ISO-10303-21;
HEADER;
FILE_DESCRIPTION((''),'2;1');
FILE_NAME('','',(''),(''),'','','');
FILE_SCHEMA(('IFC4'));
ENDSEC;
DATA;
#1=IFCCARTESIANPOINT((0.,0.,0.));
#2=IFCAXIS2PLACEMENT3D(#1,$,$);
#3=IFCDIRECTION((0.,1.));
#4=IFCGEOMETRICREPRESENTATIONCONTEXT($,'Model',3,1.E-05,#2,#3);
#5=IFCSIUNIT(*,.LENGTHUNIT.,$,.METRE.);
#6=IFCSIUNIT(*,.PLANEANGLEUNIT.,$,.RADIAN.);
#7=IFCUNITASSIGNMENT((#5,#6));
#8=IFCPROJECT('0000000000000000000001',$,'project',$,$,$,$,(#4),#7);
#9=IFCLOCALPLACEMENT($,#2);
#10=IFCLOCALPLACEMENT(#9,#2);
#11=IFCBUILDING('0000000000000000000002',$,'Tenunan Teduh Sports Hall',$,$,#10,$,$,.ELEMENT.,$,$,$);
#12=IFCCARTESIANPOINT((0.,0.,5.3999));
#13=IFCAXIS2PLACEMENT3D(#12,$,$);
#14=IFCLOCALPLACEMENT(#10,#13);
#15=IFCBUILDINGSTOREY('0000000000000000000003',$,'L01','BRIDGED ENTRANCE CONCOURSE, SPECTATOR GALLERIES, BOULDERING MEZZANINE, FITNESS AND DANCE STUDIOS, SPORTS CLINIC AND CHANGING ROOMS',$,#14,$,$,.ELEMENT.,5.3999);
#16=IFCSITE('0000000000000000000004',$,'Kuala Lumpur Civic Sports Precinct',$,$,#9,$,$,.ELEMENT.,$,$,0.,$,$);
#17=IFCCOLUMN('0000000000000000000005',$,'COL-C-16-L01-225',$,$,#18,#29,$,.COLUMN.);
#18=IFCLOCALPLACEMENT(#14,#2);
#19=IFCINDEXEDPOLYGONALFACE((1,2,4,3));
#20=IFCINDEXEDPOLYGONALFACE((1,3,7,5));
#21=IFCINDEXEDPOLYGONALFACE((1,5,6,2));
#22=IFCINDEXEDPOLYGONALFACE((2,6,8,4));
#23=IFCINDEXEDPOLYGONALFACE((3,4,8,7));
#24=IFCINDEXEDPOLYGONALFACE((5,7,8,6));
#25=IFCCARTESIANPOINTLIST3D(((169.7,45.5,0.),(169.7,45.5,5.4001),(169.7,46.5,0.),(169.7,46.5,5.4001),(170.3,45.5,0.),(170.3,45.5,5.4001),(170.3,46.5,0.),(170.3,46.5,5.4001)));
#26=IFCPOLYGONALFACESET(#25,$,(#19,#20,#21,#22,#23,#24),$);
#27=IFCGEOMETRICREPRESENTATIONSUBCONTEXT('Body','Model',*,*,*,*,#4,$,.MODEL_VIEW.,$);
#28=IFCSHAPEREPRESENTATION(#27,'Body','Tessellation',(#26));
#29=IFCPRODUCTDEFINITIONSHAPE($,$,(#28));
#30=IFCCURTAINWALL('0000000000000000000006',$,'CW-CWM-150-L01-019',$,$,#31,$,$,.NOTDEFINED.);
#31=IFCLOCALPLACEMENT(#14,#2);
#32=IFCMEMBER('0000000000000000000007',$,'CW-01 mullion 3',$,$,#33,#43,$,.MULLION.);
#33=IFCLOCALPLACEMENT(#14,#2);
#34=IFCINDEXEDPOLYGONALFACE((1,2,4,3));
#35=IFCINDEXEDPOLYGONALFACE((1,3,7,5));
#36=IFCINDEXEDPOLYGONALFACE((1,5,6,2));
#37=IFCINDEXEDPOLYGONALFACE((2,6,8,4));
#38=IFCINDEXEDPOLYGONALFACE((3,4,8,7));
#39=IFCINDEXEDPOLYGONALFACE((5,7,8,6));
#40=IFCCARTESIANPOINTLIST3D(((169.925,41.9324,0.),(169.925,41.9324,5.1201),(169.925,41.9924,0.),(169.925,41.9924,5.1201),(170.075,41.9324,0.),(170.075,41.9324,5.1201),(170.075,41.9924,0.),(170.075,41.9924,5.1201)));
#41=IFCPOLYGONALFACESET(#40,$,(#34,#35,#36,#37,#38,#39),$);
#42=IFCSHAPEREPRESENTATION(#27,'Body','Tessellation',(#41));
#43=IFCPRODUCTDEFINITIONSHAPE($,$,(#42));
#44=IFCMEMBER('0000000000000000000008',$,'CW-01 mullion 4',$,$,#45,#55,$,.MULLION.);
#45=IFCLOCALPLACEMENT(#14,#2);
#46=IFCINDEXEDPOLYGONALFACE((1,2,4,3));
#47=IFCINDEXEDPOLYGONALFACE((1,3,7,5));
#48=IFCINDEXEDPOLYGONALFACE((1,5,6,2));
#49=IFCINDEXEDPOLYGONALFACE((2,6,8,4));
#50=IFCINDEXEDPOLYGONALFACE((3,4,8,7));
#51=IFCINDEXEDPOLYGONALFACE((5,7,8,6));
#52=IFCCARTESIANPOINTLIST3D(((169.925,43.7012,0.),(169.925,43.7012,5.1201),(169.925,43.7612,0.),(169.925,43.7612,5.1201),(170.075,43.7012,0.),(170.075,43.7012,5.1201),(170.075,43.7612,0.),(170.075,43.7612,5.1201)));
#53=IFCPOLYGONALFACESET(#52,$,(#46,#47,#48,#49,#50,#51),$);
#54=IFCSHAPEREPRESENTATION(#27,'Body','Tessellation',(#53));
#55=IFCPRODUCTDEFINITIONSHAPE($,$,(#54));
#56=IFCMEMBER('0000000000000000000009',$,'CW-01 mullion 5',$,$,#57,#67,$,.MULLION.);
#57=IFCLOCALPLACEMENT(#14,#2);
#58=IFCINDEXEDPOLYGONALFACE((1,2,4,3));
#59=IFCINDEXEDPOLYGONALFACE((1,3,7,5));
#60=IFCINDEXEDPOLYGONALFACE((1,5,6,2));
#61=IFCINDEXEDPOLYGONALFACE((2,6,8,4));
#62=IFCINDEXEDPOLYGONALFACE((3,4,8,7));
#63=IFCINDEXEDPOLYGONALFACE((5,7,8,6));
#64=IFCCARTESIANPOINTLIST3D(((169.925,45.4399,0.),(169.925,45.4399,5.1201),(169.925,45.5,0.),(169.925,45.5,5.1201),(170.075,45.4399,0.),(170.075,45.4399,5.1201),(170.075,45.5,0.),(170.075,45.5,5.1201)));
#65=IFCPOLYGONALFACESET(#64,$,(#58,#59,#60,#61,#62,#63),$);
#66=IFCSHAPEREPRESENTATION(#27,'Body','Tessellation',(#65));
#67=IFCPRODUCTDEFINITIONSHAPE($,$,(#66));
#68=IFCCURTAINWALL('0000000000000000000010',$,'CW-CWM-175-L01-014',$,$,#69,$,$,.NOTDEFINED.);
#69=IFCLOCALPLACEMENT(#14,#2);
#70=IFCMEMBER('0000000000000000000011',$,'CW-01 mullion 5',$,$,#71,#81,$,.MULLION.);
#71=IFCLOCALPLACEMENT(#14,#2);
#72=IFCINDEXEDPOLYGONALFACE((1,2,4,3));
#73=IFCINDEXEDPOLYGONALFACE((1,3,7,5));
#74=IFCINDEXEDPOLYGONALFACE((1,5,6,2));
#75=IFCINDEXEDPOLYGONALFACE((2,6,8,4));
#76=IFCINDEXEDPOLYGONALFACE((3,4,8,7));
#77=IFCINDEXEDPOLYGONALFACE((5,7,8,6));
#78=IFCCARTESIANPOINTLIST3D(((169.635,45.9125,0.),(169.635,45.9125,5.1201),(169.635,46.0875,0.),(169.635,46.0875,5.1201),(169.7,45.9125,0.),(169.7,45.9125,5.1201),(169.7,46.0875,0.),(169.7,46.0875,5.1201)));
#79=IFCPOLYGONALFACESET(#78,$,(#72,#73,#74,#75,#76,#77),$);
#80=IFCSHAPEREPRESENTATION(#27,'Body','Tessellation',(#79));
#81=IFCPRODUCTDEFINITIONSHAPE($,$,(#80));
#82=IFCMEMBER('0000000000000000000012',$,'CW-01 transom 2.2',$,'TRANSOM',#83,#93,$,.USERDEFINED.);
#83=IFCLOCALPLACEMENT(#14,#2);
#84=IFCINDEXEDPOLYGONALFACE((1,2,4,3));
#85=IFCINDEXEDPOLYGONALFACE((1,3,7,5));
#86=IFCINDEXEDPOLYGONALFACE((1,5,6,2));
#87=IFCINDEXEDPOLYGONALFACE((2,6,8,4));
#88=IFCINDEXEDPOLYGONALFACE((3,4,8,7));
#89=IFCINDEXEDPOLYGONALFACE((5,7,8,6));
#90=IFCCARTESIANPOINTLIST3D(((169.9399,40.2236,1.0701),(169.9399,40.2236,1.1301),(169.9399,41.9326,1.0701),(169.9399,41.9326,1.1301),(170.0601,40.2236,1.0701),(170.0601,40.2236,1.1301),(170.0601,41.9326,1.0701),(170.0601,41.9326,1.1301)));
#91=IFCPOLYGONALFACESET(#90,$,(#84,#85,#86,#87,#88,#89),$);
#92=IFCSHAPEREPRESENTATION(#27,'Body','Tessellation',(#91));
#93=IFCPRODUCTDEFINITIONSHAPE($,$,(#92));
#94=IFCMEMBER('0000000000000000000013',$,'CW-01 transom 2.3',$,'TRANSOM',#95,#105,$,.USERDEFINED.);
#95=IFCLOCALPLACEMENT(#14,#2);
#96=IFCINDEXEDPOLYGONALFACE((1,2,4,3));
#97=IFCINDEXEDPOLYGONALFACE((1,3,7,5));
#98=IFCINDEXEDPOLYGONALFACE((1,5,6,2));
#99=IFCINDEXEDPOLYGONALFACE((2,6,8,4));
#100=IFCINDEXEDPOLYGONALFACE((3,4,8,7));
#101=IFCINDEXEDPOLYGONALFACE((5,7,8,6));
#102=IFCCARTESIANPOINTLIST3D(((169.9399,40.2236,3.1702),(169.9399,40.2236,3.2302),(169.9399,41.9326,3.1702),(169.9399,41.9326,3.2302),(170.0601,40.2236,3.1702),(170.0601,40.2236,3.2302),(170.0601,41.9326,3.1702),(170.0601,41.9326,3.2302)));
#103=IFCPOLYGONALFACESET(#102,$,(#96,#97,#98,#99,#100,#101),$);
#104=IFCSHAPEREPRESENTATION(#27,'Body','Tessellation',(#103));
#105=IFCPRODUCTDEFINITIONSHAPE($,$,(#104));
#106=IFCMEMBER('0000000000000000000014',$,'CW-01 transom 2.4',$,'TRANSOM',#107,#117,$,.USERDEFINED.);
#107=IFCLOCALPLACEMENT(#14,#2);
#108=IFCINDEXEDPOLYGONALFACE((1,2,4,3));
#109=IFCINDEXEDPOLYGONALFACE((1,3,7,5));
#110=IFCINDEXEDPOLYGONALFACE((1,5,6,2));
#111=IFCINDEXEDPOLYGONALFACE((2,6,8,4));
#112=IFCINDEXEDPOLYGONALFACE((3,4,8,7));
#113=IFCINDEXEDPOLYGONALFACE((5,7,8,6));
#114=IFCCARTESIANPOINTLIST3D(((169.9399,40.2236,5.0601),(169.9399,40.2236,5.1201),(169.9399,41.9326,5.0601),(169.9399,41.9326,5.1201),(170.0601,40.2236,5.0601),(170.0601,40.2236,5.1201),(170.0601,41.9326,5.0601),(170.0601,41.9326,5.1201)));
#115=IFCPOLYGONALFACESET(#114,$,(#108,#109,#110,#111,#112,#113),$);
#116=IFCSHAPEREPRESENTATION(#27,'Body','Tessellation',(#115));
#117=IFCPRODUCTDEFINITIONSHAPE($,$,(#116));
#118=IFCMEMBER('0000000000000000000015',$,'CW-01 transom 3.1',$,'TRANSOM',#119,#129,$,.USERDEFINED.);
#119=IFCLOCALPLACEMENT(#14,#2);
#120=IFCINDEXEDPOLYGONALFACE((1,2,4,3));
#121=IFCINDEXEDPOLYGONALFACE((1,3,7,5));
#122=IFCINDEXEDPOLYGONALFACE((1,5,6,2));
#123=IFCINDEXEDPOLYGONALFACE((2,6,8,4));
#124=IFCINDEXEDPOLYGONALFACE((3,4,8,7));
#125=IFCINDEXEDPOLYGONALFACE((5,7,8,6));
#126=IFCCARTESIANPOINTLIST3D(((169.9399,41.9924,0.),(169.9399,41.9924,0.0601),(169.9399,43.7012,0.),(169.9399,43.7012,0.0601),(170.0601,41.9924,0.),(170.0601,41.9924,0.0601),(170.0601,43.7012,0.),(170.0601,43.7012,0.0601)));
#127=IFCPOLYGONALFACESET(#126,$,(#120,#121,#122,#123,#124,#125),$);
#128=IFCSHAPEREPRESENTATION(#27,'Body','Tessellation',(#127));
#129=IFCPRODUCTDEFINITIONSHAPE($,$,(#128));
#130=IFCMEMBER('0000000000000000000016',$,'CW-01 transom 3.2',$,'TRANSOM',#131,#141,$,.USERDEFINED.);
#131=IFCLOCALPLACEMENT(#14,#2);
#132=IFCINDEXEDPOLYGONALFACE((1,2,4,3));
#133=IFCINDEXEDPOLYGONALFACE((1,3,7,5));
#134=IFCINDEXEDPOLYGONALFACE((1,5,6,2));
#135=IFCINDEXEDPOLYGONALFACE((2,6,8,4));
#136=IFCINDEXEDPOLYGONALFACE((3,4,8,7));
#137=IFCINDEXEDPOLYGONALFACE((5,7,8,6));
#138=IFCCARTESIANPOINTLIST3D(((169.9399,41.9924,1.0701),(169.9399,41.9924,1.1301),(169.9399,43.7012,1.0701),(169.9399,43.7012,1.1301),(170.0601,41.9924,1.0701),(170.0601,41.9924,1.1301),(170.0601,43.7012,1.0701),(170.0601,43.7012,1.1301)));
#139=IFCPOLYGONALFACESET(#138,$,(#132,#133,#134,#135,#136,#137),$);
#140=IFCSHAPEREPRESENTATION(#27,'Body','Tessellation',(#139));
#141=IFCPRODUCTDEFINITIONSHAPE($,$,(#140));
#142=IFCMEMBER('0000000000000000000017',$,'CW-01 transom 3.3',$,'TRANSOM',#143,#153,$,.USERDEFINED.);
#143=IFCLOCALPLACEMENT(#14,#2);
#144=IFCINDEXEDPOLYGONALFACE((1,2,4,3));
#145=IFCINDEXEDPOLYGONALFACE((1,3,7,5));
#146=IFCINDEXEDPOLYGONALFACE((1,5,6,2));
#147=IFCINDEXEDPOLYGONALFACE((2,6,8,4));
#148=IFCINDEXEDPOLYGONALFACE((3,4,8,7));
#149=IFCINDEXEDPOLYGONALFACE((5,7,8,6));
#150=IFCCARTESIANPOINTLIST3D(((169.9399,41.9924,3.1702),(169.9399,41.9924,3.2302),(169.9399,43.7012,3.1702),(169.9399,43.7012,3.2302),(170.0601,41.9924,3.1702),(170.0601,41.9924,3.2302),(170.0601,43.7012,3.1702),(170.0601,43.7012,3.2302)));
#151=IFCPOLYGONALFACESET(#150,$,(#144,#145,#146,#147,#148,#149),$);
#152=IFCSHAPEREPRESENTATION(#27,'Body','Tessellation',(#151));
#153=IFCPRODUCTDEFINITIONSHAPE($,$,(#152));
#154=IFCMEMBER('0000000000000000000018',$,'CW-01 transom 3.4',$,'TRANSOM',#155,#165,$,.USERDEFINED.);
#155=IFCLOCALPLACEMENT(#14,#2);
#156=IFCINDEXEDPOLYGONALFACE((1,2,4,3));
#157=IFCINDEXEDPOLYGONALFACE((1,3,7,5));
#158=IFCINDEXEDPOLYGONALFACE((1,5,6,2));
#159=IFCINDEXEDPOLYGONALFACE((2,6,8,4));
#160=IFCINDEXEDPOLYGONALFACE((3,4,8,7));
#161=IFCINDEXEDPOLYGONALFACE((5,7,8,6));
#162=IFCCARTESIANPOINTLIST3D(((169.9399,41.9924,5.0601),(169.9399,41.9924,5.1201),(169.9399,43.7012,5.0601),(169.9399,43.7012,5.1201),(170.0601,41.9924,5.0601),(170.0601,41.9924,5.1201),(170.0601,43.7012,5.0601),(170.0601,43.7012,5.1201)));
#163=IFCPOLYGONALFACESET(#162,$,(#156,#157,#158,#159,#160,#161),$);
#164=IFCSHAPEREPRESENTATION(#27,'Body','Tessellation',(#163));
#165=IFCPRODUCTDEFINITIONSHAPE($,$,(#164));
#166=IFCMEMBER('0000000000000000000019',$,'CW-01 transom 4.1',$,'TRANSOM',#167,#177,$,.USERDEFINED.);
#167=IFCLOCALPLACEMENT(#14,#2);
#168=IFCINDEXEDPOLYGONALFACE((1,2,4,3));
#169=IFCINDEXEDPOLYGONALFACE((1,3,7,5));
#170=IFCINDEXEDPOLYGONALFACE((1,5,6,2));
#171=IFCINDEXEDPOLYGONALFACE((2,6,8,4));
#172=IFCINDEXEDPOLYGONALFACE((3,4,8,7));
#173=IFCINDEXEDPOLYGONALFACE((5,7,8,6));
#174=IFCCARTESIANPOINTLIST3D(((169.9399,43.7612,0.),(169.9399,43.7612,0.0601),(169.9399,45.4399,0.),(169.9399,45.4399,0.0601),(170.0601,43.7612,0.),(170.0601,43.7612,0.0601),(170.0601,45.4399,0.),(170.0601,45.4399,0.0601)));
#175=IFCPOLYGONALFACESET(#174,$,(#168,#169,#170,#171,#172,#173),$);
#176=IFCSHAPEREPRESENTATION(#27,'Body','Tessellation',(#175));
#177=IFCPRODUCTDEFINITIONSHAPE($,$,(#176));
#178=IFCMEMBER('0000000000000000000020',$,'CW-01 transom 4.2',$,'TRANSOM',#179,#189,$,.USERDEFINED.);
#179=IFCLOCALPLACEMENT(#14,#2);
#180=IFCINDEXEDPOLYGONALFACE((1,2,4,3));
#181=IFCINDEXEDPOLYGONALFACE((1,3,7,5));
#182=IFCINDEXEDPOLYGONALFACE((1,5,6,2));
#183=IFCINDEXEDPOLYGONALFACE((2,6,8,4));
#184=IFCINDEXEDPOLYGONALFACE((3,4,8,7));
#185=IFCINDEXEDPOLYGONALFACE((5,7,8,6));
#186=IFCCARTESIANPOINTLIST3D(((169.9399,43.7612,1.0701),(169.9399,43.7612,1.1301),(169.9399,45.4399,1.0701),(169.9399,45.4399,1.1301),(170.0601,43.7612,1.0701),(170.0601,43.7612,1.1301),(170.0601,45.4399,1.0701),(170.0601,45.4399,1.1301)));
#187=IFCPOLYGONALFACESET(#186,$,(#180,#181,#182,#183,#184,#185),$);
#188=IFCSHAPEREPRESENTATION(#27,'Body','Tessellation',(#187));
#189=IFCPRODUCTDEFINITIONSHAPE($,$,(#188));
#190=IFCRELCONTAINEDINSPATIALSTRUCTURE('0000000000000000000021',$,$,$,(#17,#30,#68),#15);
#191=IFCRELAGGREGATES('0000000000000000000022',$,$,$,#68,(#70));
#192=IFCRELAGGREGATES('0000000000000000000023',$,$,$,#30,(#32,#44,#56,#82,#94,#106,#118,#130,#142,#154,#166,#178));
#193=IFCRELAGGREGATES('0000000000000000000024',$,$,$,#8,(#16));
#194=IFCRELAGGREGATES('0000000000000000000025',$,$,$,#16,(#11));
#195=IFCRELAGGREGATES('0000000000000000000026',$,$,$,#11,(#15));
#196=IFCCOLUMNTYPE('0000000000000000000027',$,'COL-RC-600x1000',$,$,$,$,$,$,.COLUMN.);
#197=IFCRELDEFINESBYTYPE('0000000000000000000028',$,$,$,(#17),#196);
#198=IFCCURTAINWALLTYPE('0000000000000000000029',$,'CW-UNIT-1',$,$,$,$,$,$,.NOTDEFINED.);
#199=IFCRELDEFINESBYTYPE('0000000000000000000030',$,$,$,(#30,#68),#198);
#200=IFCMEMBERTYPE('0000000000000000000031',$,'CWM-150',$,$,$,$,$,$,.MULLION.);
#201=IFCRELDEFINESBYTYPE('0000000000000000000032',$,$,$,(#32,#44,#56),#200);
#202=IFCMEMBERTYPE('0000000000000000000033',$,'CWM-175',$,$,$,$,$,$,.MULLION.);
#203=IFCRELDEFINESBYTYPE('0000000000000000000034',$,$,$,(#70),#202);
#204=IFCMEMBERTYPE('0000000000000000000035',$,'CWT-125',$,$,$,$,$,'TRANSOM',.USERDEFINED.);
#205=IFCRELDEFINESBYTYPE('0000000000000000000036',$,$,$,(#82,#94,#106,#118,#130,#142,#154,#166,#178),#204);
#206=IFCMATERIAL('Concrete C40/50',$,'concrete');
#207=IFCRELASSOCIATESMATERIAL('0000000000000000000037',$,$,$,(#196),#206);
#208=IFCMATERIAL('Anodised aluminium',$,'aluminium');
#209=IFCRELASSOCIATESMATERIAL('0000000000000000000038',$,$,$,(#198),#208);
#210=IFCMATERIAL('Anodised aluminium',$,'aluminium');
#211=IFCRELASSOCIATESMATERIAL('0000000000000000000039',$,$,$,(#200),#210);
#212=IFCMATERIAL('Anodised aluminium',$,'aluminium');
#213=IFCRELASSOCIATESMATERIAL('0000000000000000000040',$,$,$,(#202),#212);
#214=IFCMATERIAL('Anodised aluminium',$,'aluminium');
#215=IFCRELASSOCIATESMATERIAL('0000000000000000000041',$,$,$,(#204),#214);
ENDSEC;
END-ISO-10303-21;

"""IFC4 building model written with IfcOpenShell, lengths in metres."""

from ifc_helpers import new_model, si_unit, direction, frame, origin, origin_2d, place, context, subcontext, project, spatial, rectangle, extrude, material, material_profile, profile_set, type_object, element, aggregate, save


model = new_model("IFC4")

# Units and contexts
model_context = context("Model", 3, precision=1e-05, world=origin(), true_north=direction((0.0, 1.0)))
body_context = subcontext(model_context, "Body", "Model", "MODEL_VIEW")
ifc_project = project(units=[si_unit("LENGTHUNIT", "METRE"), si_unit("PLANEANGLEUNIT", "RADIAN")], contexts=[model_context])

# Site, building, storey
site_placement = place(None, origin())
site = spatial("IfcSite", under=ifc_project, at=site_placement, Name="Kuala Lumpur Civic Sports Precinct", CompositionType="ELEMENT", RefElevation=0.0)
building_placement = place(site_placement, origin())
building = spatial("IfcBuilding", under=site, at=building_placement, Name="Tenunan Teduh Sports Hall", CompositionType="ELEMENT")
storey_placement = place(building_placement, frame((0.0, 0.0, 5.3999)))
storey = spatial("IfcBuildingStorey", under=building, at=storey_placement, Name="L01", Description="BRIDGED ENTRANCE CONCOURSE, SPECTATOR GALLERIES, BOULDERING MEZZANINE, FITNESS AND DANCE STUDIOS, SPORTS CLINIC AND CHANGING ROOMS", CompositionType="ELEMENT", Elevation=5.3999)

# Column
ifc_material_1 = material(Name="Concrete C40/50", Category="concrete")
ifc_material_profile_1 = material_profile(ifc_material_1, rectangle(XDim=0.6001, YDim=1.0, at=origin_2d()), Name="RC 600x1000")
ifc_profile_set_1 = profile_set([ifc_material_profile_1], Name="Concrete C40/50")
column_type = type_object("IfcColumnType", Name="COL-RC-600x1000", PredefinedType="COLUMN", material=ifc_profile_set_1)
column_placement = place(storey_placement, frame((170.0, 46.0, 0.0), z_axis=(0.0, 0.0, 1.0), x_axis=(1.0, 0.0, 0.0)))
element("IfcColumn", 1, at=column_placement, inside=storey, type_object=column_type, Name="COL-C-16-L01-225", PredefinedType="COLUMN", context=body_context, shape_type="SweptSolid", body=[
    extrude(rectangle(XDim=0.6001, YDim=1.0, at=origin_2d()), origin(), (0.0, 0.0, 1.0), 5.4001),
])

# Curtain wall, members
ifc_material_2 = material(Name="Anodised aluminium", Category="aluminium")
curtain_wall_type = type_object("IfcCurtainWallType", Name="CW-UNIT-1", PredefinedType="NOTDEFINED", material=ifc_material_2)
curtain_wall_1_placement = place(storey_placement, origin())
curtain_wall_1 = element("IfcCurtainWall", 2, at=curtain_wall_1_placement, inside=storey, type_object=curtain_wall_type, Name="CW-CWM-150-L01-019", PredefinedType="NOTDEFINED")
ifc_material_3 = material(Name="Anodised aluminium", Category="aluminium")
ifc_material_profile_2 = material_profile(ifc_material_3, rectangle(XDim=0.0601, YDim=0.1499, at=origin_2d()), Name="CWM 60x150")
ifc_profile_set_2 = profile_set([ifc_material_profile_2], Name="Anodised aluminium")
member_type_1 = type_object("IfcMemberType", Name="CWM-150", PredefinedType="MULLION", material=ifc_profile_set_2)
member_1_placement = place(storey_placement, frame((170.0, 41.9624, 0.0), z_axis=(0.0, 0.0, 1.0), x_axis=(0.0, 1.0, 0.0)))
member_1 = element("IfcMember", 3, at=member_1_placement, type_object=member_type_1, Name="CW-01 mullion 3", PredefinedType="MULLION", context=body_context, shape_type="SweptSolid", body=[
    extrude(rectangle(XDim=0.0601, YDim=0.1499, at=origin_2d()), origin(), (0.0, 0.0, 1.0), 5.1201),
])
member_2_placement = place(storey_placement, frame((170.0, 43.7312, 0.0), z_axis=(0.0, 0.0, 1.0), x_axis=(0.0, 1.0, 0.0)))
member_2 = element("IfcMember", 4, at=member_2_placement, type_object=member_type_1, Name="CW-01 mullion 4", PredefinedType="MULLION", context=body_context, shape_type="SweptSolid", body=[
    extrude(rectangle(XDim=0.0601, YDim=0.1499, at=origin_2d()), origin(), (0.0, 0.0, 1.0), 5.1201),
])
member_3_placement = place(storey_placement, frame((170.0, 45.47, 0.0), z_axis=(0.0, 0.0, 1.0), x_axis=(0.0, 1.0, 0.0)))
member_3 = element("IfcMember", 5, at=member_3_placement, type_object=member_type_1, Name="CW-01 mullion 5", PredefinedType="MULLION", context=body_context, shape_type="SweptSolid", body=[
    extrude(rectangle(XDim=0.0601, YDim=0.1499, at=origin_2d()), origin(), (0.0, 0.0, 1.0), 5.1201),
])

# Curtain wall, member
curtain_wall_2_placement = place(storey_placement, origin())
curtain_wall_2 = element("IfcCurtainWall", 6, at=curtain_wall_2_placement, inside=storey, type_object=curtain_wall_type, Name="CW-CWM-175-L01-014", PredefinedType="NOTDEFINED")
ifc_material_4 = material(Name="Anodised aluminium", Category="aluminium")
ifc_material_profile_3 = material_profile(ifc_material_4, rectangle(XDim=0.0649, YDim=0.175, at=origin_2d()), Name="CWM 65x175")
ifc_profile_set_3 = profile_set([ifc_material_profile_3], Name="Anodised aluminium")
member_type_2 = type_object("IfcMemberType", Name="CWM-175", PredefinedType="MULLION", material=ifc_profile_set_3)
member_4_placement = place(storey_placement, frame((169.6675, 46.0, 0.0), z_axis=(0.0, 0.0, 1.0), x_axis=(1.0, 0.0, 0.0)))
member_4 = element("IfcMember", 7, at=member_4_placement, type_object=member_type_2, Name="CW-01 mullion 5", PredefinedType="MULLION", context=body_context, shape_type="SweptSolid", body=[
    extrude(rectangle(XDim=0.0649, YDim=0.175, at=origin_2d()), origin(), (0.0, 0.0, 1.0), 5.1201),
])
aggregate(curtain_wall_2, [member_4])

# Members
ifc_material_5 = material(Name="Anodised aluminium", Category="aluminium")
ifc_material_profile_4 = material_profile(ifc_material_5, rectangle(XDim=0.0601, YDim=0.1201, at=origin_2d()), Name="CWT 60x120")
ifc_profile_set_4 = profile_set([ifc_material_profile_4], Name="Anodised aluminium")
member_type_3 = type_object("IfcMemberType", Name="CWT-125", ElementType="TRANSOM", PredefinedType="USERDEFINED", material=ifc_profile_set_4)
member_5_placement = place(storey_placement, frame((170.0, 40.2236, 1.1001), z_axis=(0.0, 1.0, 0.0), x_axis=(0.0, 0.0, 1.0)))
member_5 = element("IfcMember", 8, at=member_5_placement, type_object=member_type_3, Name="CW-01 transom 2.2", ObjectType="TRANSOM", PredefinedType="USERDEFINED", context=body_context, shape_type="SweptSolid", body=[
    extrude(rectangle(XDim=0.0601, YDim=0.1201, at=origin_2d()), origin(), (0.0, 0.0, 1.0), 1.709),
])
member_6_placement = place(storey_placement, frame((170.0, 40.2236, 3.2002), z_axis=(0.0, 1.0, 0.0), x_axis=(0.0, 0.0, 1.0)))
member_6 = element("IfcMember", 9, at=member_6_placement, type_object=member_type_3, Name="CW-01 transom 2.3", ObjectType="TRANSOM", PredefinedType="USERDEFINED", context=body_context, shape_type="SweptSolid", body=[
    extrude(rectangle(XDim=0.0601, YDim=0.1201, at=origin_2d()), origin(), (0.0, 0.0, 1.0), 1.709),
])
member_7_placement = place(storey_placement, frame((170.0, 40.2236, 5.0901), z_axis=(0.0, 1.0, 0.0), x_axis=(0.0, 0.0, 1.0)))
member_7 = element("IfcMember", 10, at=member_7_placement, type_object=member_type_3, Name="CW-01 transom 2.4", ObjectType="TRANSOM", PredefinedType="USERDEFINED", context=body_context, shape_type="SweptSolid", body=[
    extrude(rectangle(XDim=0.0601, YDim=0.1201, at=origin_2d()), origin(), (0.0, 0.0, 1.0), 1.709),
])
member_8_placement = place(storey_placement, frame((170.0, 41.9924, 0.03), z_axis=(0.0, 1.0, 0.0), x_axis=(0.0, 0.0, 1.0)))
member_8 = element("IfcMember", 11, at=member_8_placement, type_object=member_type_3, Name="CW-01 transom 3.1", ObjectType="TRANSOM", PredefinedType="USERDEFINED", context=body_context, shape_type="SweptSolid", body=[
    extrude(rectangle(XDim=0.0601, YDim=0.1201, at=origin_2d()), origin(), (0.0, 0.0, 1.0), 1.7087),
])
member_9_placement = place(storey_placement, frame((170.0, 41.9924, 1.1001), z_axis=(0.0, 1.0, 0.0), x_axis=(0.0, 0.0, 1.0)))
member_9 = element("IfcMember", 12, at=member_9_placement, type_object=member_type_3, Name="CW-01 transom 3.2", ObjectType="TRANSOM", PredefinedType="USERDEFINED", context=body_context, shape_type="SweptSolid", body=[
    extrude(rectangle(XDim=0.0601, YDim=0.1201, at=origin_2d()), origin(), (0.0, 0.0, 1.0), 1.7087),
])
member_10_placement = place(storey_placement, frame((170.0, 41.9924, 3.2002), z_axis=(0.0, 1.0, 0.0), x_axis=(0.0, 0.0, 1.0)))
member_10 = element("IfcMember", 13, at=member_10_placement, type_object=member_type_3, Name="CW-01 transom 3.3", ObjectType="TRANSOM", PredefinedType="USERDEFINED", context=body_context, shape_type="SweptSolid", body=[
    extrude(rectangle(XDim=0.0601, YDim=0.1201, at=origin_2d()), origin(), (0.0, 0.0, 1.0), 1.7087),
])
member_11_placement = place(storey_placement, frame((170.0, 41.9924, 5.0901), z_axis=(0.0, 1.0, 0.0), x_axis=(0.0, 0.0, 1.0)))
member_11 = element("IfcMember", 14, at=member_11_placement, type_object=member_type_3, Name="CW-01 transom 3.4", ObjectType="TRANSOM", PredefinedType="USERDEFINED", context=body_context, shape_type="SweptSolid", body=[
    extrude(rectangle(XDim=0.0601, YDim=0.1201, at=origin_2d()), origin(), (0.0, 0.0, 1.0), 1.7087),
])
member_12_placement = place(storey_placement, frame((170.0, 43.7612, 0.03), z_axis=(0.0, 1.0, 0.0), x_axis=(0.0, 0.0, 1.0)))
member_12 = element("IfcMember", 15, at=member_12_placement, type_object=member_type_3, Name="CW-01 transom 4.1", ObjectType="TRANSOM", PredefinedType="USERDEFINED", context=body_context, shape_type="SweptSolid", body=[
    extrude(rectangle(XDim=0.0601, YDim=0.1201, at=origin_2d()), origin(), (0.0, 0.0, 1.0), 1.6787),
])
member_13_placement = place(storey_placement, frame((170.0, 43.7612, 1.1001), z_axis=(0.0, 1.0, 0.0), x_axis=(0.0, 0.0, 1.0)))
member_13 = element("IfcMember", 16, at=member_13_placement, type_object=member_type_3, Name="CW-01 transom 4.2", ObjectType="TRANSOM", PredefinedType="USERDEFINED", context=body_context, shape_type="SweptSolid", body=[
    extrude(rectangle(XDim=0.0601, YDim=0.1201, at=origin_2d()), origin(), (0.0, 0.0, 1.0), 1.6787),
])

aggregate(curtain_wall_1, [member_1, member_2, member_3, member_5, member_6, member_7, member_8, member_9, member_10, member_11, member_12, member_13])

save(model, "model.ifc")
